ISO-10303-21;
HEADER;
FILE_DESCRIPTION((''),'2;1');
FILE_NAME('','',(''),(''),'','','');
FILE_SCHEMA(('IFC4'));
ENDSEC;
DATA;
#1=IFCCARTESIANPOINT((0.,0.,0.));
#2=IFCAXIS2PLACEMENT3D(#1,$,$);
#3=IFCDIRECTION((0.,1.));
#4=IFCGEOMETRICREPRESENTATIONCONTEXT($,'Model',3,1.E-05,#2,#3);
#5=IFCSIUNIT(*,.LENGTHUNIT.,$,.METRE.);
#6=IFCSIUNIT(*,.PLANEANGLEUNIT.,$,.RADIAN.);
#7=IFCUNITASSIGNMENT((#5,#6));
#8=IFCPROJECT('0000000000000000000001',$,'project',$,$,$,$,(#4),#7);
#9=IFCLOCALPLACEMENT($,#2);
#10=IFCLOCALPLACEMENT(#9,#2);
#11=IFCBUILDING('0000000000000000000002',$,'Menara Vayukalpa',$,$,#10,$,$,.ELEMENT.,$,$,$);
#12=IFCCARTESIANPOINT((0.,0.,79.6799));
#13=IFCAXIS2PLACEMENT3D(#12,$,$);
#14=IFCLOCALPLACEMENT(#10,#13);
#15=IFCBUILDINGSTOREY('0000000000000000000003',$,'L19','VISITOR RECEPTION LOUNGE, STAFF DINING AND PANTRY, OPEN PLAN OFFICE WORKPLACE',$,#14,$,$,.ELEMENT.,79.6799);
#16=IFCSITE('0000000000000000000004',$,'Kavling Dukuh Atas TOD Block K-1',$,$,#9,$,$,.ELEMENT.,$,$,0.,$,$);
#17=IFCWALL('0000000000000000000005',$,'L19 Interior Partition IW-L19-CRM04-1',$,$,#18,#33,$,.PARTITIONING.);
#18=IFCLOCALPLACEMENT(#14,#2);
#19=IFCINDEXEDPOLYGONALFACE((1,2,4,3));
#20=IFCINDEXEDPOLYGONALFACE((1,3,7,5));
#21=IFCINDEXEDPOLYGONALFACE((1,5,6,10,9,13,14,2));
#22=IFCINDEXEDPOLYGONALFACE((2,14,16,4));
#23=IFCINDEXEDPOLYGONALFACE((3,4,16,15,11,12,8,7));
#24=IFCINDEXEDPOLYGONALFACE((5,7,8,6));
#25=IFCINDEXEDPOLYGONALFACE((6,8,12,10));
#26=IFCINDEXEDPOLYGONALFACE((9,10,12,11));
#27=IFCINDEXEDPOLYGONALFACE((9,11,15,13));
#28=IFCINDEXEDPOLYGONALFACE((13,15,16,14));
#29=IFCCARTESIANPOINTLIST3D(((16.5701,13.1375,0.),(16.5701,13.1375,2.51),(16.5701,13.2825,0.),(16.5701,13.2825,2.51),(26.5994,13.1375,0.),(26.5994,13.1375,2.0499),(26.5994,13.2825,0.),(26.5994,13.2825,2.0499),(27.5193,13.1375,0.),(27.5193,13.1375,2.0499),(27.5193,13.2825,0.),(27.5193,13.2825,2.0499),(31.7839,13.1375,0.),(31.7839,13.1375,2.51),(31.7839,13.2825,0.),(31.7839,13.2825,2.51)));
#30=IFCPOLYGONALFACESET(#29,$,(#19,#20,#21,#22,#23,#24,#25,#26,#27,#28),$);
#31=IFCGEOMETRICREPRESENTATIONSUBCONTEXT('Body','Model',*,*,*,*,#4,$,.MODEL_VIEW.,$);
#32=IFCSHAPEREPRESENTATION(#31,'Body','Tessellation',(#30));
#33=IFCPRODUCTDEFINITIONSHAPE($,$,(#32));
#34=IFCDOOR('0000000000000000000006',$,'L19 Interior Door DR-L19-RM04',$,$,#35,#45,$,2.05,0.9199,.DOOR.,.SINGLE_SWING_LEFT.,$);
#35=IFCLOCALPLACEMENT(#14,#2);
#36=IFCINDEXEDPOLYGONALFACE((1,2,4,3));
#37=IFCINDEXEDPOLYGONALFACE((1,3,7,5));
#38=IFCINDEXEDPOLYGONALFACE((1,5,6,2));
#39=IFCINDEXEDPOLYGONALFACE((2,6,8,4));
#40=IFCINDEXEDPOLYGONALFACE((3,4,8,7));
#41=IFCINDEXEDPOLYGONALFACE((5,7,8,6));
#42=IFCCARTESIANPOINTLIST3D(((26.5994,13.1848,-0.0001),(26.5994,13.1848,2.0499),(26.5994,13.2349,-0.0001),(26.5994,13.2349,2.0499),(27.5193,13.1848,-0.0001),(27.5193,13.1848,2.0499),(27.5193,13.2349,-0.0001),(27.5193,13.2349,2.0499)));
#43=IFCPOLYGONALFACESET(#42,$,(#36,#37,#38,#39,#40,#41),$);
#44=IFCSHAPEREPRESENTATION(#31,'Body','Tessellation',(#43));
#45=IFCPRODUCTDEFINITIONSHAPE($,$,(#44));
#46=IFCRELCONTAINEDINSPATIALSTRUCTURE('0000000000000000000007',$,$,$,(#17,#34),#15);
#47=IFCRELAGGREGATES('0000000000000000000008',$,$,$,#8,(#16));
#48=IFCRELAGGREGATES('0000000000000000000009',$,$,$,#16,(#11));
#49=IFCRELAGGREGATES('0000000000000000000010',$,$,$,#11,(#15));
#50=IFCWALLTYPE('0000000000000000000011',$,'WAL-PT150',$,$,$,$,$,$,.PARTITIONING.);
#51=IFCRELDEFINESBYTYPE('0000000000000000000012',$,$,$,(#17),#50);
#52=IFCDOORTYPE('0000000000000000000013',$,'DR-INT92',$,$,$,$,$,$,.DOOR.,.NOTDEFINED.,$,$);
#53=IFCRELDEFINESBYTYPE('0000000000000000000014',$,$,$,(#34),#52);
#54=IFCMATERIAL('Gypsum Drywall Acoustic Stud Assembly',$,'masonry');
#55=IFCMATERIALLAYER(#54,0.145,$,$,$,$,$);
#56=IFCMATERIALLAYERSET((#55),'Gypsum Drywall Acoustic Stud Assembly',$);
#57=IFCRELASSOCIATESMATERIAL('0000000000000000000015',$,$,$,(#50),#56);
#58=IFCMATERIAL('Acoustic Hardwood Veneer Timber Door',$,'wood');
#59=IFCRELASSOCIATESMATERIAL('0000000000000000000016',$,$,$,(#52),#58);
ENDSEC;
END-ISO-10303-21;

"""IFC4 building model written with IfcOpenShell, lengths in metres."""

from ifc_helpers import new_model, si_unit, direction, frame, frame_2d, origin, place, context, subcontext, project, spatial, rectangle, extrude, material, layer, layer_set, type_object, element, fill, save


model = new_model("IFC4")

# Units and contexts
model_context = context("Model", 3, precision=1e-05, world=origin(), true_north=direction((0.0, 1.0)))
body_context = subcontext(model_context, "Body", "Model", "MODEL_VIEW")
ifc_project = project(units=[si_unit("LENGTHUNIT", "METRE"), si_unit("PLANEANGLEUNIT", "RADIAN")], contexts=[model_context])

# Site, building, storey
site_placement = place(None, origin())
site = spatial("IfcSite", under=ifc_project, at=site_placement, Name="Kavling Dukuh Atas TOD Block K-1", CompositionType="ELEMENT", RefElevation=0.0)
building_placement = place(site_placement, origin())
building = spatial("IfcBuilding", under=site, at=building_placement, Name="Menara Vayukalpa", CompositionType="ELEMENT")
storey_placement = place(building_placement, frame((0.0, 0.0, 79.6799)))
storey = spatial("IfcBuildingStorey", under=building, at=storey_placement, Name="L19", Description="VISITOR RECEPTION LOUNGE, STAFF DINING AND PANTRY, OPEN PLAN OFFICE WORKPLACE", CompositionType="ELEMENT", Elevation=79.6799)

# Shared definitions
ifc_material_1 = material(Name="Gypsum Drywall Acoustic Stud Assembly", Category="masonry")
ifc_layer_1 = layer(ifc_material_1, 0.145)
ifc_layer_set_1 = layer_set([ifc_layer_1], Name="Gypsum Drywall Acoustic Stud Assembly")
wall_type_1 = type_object("IfcWallType", Name="WAL-PT150", PredefinedType="PARTITIONING", material=ifc_layer_set_1)

# Wall, opening, door
wall_1_placement = place(storey_placement, frame((16.5701, 13.21, 0.0), z_axis=(0.0, 0.0, 1.0), x_axis=(1.0, 0.0, 0.0)))
wall_1 = element("IfcWall", 1, at=wall_1_placement, inside=storey, type_object=wall_type_1, Name="L19 Interior Partition IW-L19-CRM04-1", PredefinedType="PARTITIONING", context=body_context, shape_type="SweptSolid", body=[
    extrude(rectangle(XDim=15.2139, YDim=0.145, at=frame_2d((7.6069, 0.0))), origin(), (0.0, 0.0, 1.0), 2.51),
])
opening_1_placement = place(wall_1_placement, frame((10.0293, 0.0, 0.0)))
opening_1 = element("IfcOpeningElement", 2, at=opening_1_placement, cuts=wall_1, PredefinedType="OPENING", context=body_context, shape_type="SweptSolid", body=[
    extrude(rectangle(XDim=0.9199, YDim=2.05, at=frame_2d((0.46, 1.0249))), frame((0.0, 0.0825, 0.0), z_axis=(0.0, -1.0, 0.0), x_axis=(1.0, 0.0, 0.0)), (0.0, 0.0, 1.0), 0.165),
])
ifc_material_2 = material(Name="Acoustic Hardwood Veneer Timber Door", Category="wood")
door_type_1 = type_object("IfcDoorType", Name="DR-INT92", OperationType="NOTDEFINED", PredefinedType="DOOR", material=ifc_material_2)
door_1_placement = place(opening_1_placement, origin())
door_1 = element("IfcDoor", 3, at=door_1_placement, inside=storey, type_object=door_type_1, Name="L19 Interior Door DR-L19-RM04", OperationType="SINGLE_SWING_LEFT", OverallHeight=2.05, OverallWidth=0.9199, PredefinedType="DOOR", context=body_context, shape_type="SweptSolid", body=[
    extrude(rectangle(XDim=0.9199, YDim=2.05, at=frame_2d((0.46, 1.0249))), frame((0.0, 0.0249, 0.0), z_axis=(0.0, -1.0, 0.0), x_axis=(1.0, 0.0, 0.0)), (0.0, 0.0, 1.0), 0.05),
])
fill(opening_1, door_1)

save(model, "model.ifc")
